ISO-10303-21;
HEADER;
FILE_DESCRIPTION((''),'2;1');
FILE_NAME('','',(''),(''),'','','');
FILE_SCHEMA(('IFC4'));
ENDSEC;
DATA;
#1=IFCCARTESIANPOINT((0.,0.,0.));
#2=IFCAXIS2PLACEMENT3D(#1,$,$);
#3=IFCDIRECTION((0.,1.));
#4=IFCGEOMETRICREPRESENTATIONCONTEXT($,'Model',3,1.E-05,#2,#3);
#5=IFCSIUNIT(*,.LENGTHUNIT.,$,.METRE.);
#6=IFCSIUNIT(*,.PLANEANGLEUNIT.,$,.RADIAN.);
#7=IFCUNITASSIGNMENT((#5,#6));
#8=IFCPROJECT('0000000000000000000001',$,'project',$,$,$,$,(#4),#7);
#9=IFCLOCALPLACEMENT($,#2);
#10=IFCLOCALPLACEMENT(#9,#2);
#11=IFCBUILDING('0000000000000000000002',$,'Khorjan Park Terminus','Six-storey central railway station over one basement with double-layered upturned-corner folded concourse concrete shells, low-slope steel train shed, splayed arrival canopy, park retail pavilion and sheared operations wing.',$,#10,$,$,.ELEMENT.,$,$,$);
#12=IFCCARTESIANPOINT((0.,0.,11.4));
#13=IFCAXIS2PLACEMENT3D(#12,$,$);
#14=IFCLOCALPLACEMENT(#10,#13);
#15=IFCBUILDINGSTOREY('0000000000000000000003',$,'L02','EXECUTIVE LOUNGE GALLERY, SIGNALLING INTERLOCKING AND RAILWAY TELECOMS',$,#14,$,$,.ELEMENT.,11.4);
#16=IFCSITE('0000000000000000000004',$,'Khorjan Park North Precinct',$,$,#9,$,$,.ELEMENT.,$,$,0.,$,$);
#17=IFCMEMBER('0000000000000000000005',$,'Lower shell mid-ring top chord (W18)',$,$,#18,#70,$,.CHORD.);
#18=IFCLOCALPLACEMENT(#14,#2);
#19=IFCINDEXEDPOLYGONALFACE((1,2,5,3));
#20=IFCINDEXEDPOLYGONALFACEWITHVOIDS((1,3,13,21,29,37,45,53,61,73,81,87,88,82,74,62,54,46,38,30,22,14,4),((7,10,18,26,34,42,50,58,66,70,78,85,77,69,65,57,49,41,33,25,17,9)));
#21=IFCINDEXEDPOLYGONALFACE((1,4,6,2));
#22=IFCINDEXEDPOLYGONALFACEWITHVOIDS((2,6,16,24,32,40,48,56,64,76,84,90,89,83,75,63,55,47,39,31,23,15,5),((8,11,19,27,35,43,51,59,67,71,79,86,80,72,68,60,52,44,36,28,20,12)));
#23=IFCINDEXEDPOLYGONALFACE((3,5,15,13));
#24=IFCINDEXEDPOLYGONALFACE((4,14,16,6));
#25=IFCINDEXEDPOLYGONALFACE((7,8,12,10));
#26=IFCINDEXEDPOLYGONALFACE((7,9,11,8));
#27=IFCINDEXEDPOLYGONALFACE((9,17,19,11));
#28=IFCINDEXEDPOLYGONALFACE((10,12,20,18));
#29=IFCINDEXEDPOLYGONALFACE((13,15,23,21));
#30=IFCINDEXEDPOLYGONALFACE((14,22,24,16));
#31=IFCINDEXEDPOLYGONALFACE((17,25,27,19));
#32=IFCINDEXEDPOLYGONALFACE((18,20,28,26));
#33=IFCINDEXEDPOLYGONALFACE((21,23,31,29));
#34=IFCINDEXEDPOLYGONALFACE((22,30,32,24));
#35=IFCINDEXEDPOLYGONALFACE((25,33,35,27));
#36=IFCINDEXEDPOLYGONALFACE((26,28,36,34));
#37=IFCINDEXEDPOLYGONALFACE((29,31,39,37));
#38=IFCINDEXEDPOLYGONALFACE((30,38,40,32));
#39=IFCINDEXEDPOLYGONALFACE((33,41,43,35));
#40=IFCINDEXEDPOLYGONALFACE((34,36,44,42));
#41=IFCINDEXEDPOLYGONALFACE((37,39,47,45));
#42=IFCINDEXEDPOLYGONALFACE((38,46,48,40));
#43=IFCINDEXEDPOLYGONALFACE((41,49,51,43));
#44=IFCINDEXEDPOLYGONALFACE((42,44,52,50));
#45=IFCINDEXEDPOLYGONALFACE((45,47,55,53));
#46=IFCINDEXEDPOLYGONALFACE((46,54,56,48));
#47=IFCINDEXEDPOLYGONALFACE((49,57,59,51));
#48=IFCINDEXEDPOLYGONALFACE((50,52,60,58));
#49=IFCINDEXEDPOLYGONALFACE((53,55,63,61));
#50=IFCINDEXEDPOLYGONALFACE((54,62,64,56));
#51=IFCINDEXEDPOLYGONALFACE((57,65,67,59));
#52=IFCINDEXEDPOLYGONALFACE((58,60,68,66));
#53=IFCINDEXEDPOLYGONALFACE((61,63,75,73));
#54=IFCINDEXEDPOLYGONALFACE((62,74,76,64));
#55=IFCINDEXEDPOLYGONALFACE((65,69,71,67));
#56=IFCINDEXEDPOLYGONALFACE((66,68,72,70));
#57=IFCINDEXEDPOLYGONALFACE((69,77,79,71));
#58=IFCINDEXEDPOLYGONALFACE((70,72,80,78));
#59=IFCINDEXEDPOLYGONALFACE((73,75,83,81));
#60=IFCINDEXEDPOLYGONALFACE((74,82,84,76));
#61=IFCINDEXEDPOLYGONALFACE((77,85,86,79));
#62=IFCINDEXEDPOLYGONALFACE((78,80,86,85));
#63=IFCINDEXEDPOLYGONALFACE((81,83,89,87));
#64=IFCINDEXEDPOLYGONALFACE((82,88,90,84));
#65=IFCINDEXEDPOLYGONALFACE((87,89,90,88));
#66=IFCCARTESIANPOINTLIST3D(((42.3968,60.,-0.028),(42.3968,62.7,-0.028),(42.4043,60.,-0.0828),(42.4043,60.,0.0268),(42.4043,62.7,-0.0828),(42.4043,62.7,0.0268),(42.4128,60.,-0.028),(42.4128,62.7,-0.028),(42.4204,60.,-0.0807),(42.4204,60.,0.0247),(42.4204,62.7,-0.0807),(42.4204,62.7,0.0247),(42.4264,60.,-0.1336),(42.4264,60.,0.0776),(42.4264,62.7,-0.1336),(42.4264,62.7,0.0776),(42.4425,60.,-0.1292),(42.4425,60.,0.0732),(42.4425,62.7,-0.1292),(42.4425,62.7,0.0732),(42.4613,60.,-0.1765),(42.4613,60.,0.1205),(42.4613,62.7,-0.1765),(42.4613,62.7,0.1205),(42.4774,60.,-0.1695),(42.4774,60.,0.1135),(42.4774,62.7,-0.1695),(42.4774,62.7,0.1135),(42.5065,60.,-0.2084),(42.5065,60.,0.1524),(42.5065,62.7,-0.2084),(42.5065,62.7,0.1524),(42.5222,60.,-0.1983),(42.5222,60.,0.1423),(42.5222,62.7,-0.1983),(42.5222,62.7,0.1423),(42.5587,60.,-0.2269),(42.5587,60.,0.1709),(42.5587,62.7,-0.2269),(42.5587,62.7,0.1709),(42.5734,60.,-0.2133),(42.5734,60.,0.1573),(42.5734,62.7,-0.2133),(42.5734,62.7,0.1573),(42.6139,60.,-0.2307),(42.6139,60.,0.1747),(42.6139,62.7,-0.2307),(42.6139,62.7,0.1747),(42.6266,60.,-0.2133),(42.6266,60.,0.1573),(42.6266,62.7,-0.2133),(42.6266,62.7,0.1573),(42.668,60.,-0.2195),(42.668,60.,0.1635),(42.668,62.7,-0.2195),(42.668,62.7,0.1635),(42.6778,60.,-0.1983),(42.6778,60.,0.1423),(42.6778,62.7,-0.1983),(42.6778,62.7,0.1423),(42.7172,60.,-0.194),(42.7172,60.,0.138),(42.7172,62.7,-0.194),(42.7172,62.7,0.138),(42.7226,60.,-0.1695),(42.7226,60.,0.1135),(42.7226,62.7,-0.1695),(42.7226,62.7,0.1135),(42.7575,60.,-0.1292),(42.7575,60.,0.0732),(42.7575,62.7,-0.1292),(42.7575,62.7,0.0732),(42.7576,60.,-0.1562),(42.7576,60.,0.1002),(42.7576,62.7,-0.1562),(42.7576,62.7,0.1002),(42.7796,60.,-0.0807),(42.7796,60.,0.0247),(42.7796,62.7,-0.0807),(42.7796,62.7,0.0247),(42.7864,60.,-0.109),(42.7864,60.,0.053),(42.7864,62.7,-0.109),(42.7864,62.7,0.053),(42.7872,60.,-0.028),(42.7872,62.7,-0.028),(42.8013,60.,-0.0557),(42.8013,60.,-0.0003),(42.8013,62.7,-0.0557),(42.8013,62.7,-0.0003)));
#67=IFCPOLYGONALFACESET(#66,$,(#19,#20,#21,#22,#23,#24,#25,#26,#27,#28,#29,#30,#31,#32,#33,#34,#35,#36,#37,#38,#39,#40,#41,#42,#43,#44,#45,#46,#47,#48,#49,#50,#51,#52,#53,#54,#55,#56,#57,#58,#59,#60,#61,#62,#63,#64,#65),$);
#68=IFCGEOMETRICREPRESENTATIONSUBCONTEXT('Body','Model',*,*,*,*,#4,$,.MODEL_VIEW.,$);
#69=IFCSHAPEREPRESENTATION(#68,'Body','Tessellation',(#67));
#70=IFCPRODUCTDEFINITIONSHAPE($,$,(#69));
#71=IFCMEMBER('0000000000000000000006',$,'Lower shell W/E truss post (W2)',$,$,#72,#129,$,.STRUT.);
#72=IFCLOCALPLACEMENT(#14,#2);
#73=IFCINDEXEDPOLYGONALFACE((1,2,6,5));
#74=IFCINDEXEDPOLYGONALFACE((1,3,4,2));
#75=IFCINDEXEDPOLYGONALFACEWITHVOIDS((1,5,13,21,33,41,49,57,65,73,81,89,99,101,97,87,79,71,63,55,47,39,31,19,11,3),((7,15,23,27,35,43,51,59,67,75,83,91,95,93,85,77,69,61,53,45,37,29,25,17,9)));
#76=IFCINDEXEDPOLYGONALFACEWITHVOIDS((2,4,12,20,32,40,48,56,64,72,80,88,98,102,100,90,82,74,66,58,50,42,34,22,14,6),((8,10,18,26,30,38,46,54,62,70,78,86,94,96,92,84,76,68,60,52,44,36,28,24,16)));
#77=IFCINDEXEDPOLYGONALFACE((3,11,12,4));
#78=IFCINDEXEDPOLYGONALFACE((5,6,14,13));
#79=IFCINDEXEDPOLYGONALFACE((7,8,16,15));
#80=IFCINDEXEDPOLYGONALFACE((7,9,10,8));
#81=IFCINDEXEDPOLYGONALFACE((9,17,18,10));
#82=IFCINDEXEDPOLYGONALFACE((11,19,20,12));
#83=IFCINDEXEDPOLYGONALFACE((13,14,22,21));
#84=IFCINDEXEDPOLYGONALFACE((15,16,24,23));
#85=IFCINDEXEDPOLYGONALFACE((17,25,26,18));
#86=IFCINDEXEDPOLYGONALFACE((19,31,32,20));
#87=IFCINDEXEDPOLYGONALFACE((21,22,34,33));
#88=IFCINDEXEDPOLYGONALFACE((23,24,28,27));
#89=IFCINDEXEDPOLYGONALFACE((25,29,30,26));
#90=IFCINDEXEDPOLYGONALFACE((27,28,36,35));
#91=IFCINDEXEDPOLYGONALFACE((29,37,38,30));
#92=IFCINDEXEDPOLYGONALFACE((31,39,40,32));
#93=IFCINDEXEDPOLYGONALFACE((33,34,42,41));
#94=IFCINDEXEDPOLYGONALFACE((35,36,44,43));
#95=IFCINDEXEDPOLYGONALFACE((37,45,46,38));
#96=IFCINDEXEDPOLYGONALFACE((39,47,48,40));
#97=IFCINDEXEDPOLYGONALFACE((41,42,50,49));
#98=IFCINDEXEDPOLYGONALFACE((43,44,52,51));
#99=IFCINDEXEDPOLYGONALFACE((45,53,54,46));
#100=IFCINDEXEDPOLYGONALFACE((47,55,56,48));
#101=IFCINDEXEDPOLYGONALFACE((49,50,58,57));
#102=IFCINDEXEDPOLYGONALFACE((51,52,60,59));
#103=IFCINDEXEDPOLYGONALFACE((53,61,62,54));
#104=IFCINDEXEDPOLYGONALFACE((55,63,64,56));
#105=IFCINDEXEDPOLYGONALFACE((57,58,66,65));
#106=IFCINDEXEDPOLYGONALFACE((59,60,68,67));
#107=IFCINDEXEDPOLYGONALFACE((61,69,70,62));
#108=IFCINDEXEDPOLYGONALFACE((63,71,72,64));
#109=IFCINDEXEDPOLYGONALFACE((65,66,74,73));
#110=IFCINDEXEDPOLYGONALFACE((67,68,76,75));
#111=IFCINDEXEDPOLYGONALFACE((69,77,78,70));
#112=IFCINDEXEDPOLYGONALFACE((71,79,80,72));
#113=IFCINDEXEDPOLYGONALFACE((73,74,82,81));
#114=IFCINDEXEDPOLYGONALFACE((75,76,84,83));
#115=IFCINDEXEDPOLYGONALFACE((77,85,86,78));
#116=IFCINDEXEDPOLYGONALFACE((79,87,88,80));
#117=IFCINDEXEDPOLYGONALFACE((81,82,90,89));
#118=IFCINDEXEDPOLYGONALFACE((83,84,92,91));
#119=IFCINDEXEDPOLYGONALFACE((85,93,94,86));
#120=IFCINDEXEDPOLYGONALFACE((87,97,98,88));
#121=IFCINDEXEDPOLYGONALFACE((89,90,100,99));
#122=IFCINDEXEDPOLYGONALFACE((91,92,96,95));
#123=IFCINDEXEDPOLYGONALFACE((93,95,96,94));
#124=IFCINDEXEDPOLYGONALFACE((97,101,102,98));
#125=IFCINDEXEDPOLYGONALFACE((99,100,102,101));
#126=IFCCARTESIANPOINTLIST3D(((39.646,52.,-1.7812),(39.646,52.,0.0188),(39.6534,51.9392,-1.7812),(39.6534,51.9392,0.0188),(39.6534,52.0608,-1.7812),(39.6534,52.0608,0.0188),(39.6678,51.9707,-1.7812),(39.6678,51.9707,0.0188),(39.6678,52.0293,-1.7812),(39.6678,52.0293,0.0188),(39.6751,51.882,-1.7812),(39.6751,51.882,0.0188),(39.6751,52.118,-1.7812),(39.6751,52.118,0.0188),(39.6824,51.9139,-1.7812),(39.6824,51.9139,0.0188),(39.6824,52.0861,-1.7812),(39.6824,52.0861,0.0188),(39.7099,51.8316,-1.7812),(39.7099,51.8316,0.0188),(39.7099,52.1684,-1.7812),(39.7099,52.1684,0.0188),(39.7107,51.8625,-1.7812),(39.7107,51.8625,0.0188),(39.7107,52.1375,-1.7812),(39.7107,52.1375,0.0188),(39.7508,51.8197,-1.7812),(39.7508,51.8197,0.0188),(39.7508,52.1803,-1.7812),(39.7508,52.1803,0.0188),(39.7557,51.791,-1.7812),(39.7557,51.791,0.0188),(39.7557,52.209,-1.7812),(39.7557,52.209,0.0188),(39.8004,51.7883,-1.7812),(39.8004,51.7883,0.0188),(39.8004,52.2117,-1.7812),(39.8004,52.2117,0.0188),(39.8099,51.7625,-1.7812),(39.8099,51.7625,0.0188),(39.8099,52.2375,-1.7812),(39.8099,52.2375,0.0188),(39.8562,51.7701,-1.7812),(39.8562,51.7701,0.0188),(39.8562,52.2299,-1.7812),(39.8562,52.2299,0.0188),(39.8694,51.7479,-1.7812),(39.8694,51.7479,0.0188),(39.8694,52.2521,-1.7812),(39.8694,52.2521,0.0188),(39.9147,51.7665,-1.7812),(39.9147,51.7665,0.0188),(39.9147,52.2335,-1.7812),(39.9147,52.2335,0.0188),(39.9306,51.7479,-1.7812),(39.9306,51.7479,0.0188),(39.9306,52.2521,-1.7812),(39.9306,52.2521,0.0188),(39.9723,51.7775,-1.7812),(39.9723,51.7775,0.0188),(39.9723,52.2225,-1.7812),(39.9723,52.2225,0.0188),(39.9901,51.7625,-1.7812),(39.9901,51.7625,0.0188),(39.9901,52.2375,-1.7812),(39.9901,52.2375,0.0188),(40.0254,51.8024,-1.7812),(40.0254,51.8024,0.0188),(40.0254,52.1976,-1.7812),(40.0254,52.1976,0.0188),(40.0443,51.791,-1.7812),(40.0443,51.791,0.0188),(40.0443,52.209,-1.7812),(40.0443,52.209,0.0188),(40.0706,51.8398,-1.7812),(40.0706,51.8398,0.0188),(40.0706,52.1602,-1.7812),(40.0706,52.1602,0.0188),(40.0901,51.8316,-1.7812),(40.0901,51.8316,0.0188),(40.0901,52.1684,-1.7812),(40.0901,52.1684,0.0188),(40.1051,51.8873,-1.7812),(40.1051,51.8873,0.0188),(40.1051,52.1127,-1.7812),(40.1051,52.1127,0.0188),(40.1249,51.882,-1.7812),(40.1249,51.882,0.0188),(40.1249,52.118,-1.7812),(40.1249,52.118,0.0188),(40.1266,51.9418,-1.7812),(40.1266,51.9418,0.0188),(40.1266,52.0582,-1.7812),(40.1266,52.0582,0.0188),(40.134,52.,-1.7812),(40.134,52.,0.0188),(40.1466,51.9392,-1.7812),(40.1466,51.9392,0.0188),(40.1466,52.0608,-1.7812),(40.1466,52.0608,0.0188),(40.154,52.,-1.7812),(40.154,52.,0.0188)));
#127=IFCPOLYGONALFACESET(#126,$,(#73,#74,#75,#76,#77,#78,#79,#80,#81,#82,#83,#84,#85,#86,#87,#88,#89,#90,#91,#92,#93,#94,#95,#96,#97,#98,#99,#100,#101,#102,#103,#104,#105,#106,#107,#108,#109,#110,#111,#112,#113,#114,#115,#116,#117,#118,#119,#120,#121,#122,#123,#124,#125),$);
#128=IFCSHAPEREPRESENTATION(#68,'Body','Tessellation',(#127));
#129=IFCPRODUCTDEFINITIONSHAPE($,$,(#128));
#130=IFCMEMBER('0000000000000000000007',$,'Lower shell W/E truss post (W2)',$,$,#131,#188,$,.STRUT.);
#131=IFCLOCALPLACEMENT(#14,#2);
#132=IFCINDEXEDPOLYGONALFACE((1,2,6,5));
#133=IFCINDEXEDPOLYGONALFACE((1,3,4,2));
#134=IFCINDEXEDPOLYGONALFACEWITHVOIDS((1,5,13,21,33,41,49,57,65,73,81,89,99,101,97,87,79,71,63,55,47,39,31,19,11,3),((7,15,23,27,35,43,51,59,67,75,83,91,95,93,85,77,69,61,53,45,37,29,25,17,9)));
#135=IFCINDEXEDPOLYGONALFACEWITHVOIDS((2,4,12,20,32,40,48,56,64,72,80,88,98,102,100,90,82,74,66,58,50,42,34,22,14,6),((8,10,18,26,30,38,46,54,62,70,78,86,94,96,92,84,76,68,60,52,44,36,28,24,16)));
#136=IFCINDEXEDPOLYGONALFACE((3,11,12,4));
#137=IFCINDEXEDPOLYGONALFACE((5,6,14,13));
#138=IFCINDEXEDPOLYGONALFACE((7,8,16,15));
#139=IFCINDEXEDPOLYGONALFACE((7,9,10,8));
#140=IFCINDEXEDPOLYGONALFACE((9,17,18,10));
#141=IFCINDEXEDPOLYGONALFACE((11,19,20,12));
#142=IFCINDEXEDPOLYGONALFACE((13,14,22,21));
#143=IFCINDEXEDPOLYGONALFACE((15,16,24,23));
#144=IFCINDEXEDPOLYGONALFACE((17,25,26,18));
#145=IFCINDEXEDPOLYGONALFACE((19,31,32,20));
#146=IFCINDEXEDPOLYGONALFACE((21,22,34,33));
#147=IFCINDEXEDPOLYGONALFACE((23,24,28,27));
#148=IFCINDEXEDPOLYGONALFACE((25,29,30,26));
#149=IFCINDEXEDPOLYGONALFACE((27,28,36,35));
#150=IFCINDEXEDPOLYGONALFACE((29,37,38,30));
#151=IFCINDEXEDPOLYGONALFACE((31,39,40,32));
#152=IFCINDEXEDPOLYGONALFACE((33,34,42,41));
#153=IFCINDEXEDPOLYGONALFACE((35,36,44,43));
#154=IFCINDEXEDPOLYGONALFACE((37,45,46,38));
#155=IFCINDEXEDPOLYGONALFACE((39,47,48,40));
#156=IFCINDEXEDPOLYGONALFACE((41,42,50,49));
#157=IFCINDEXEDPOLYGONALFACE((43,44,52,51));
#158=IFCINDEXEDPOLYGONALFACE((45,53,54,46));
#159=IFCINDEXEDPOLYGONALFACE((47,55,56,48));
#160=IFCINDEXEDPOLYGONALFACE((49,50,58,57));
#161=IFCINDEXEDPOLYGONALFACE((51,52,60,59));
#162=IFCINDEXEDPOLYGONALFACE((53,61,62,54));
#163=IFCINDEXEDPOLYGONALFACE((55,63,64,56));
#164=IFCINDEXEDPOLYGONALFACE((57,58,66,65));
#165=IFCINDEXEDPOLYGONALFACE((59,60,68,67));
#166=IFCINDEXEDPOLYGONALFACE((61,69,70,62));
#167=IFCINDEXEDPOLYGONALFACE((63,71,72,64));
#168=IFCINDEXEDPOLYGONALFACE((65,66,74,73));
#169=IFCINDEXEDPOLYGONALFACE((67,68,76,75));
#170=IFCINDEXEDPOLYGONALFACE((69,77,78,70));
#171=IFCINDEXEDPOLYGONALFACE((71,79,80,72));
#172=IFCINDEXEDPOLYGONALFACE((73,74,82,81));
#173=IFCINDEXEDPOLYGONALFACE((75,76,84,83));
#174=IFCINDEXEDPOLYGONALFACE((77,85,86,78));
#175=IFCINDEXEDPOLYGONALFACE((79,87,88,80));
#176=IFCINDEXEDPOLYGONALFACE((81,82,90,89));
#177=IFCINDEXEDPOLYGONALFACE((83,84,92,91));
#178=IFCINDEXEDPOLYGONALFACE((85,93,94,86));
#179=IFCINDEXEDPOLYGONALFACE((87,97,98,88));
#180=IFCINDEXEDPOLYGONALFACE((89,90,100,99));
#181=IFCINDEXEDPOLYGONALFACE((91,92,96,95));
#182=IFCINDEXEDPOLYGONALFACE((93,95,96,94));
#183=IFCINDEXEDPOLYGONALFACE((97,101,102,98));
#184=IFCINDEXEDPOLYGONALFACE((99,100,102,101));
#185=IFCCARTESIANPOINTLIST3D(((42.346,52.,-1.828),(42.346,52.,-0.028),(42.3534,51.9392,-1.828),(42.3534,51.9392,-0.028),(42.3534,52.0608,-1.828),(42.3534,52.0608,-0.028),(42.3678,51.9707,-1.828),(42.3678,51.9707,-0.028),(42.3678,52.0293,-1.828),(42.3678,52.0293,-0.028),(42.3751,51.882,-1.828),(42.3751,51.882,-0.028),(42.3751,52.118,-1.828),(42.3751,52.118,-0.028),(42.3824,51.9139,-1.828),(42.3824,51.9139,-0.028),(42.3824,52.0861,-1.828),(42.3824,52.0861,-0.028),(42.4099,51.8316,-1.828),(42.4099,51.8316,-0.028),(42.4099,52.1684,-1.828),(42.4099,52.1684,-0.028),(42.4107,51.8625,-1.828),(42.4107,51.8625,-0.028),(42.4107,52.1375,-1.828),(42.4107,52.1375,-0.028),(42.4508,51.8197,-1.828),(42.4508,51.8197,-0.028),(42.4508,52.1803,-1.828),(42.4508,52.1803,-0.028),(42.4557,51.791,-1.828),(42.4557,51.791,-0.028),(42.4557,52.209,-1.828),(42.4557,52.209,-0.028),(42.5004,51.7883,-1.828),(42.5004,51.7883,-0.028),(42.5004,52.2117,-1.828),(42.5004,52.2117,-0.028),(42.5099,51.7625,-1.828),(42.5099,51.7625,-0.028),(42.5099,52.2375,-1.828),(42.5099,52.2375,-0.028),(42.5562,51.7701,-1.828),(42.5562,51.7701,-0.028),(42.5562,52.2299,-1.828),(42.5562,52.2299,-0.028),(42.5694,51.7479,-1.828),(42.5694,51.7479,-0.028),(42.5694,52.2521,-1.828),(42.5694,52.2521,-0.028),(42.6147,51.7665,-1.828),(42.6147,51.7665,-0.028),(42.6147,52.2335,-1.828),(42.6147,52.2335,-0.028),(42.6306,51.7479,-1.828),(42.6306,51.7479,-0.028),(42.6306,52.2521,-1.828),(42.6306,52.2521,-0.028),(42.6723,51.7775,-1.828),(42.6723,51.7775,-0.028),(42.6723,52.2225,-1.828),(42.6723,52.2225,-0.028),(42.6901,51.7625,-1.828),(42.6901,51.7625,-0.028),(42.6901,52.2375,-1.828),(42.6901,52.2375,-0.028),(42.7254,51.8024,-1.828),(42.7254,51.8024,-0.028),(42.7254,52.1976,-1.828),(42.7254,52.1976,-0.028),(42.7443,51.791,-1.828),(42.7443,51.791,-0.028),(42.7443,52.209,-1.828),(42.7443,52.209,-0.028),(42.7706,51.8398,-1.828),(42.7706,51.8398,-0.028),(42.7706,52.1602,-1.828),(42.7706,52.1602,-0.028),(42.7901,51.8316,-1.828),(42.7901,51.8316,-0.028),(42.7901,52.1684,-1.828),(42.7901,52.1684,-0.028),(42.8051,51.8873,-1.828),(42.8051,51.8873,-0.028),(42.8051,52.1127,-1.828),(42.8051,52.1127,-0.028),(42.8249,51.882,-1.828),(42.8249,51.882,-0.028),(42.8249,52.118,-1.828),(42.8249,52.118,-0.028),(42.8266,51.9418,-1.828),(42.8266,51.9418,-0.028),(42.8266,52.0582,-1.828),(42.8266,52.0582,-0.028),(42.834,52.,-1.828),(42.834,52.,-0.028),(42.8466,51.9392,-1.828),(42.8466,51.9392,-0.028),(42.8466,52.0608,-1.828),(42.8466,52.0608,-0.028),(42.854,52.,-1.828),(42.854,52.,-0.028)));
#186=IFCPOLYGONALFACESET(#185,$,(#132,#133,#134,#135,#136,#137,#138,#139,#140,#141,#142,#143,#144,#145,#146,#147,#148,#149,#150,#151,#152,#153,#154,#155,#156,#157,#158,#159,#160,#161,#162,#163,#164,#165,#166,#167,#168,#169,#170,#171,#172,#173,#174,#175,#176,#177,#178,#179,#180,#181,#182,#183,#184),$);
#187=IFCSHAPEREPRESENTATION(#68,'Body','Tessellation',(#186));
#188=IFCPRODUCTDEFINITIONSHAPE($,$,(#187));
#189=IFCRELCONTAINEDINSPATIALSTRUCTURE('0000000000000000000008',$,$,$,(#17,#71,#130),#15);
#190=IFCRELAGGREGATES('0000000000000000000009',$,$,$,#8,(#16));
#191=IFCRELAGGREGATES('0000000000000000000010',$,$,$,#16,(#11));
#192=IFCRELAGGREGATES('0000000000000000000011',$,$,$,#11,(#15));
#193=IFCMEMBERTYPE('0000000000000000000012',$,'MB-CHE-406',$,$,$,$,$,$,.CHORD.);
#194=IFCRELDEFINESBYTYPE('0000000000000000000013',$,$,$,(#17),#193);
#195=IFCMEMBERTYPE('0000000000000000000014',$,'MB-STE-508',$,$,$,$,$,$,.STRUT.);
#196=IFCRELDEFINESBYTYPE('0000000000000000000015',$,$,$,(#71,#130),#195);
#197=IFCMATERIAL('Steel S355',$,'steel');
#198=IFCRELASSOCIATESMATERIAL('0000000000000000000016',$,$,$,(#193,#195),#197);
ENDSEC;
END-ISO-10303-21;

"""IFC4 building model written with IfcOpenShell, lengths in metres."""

from ifc_helpers import new_model, si_unit, direction, frame, origin, origin_2d, place, context, subcontext, project, spatial, hollow_circle, extrude, material, material_profile, profile_set, type_object, element, save


model = new_model("IFC4")

# Units and contexts
model_context = context("Model", 3, precision=1e-05, world=origin(), true_north=direction((0.0, 1.0)))
body_context = subcontext(model_context, "Body", "Model", "MODEL_VIEW")
ifc_project = project(units=[si_unit("LENGTHUNIT", "METRE"), si_unit("PLANEANGLEUNIT", "RADIAN")], contexts=[model_context])

# Site, building, storey
site_placement = place(None, origin())
site = spatial("IfcSite", under=ifc_project, at=site_placement, Name="Khorjan Park North Precinct", CompositionType="ELEMENT", RefElevation=0.0)
building_placement = place(site_placement, origin())
building = spatial("IfcBuilding", under=site, at=building_placement, Name="Khorjan Park Terminus", Description="Six-storey central railway station over one basement with double-layered upturned-corner folded concourse concrete shells, low-slope steel train shed, splayed arrival canopy, park retail pavilion and sheared operations wing.", CompositionType="ELEMENT")
storey_placement = place(building_placement, frame((0.0, 0.0, 11.4)))
storey = spatial("IfcBuildingStorey", under=building, at=storey_placement, Name="L02", Description="EXECUTIVE LOUNGE GALLERY, SIGNALLING INTERLOCKING AND RAILWAY TELECOMS", CompositionType="ELEMENT", Elevation=11.4)

# Members
ifc_material_1 = material(Name="Steel S355", Category="steel")
ifc_material_profile_1 = material_profile(ifc_material_1, hollow_circle(Radius=0.2032, WallThickness=0.016, at=origin_2d()), Name="CHS 406.4x16")
ifc_profile_set_1 = profile_set([ifc_material_profile_1], Name="Steel S355")
member_type_1 = type_object("IfcMemberType", Name="MB-CHE-406", PredefinedType="CHORD", material=ifc_profile_set_1)
for number, where, z_axis, x_axis, name in (
    (1, (42.6, 60.0, -0.028), (0.0, 1.0, 0.0), (-1.0, 0.0, 0.0), "Lower shell mid-ring top chord (W18)"),
):
    element("IfcMember", number, at=place(storey_placement, frame(where, z_axis=z_axis, x_axis=x_axis)), inside=storey, type_object=member_type_1, Name=name, PredefinedType="CHORD", context=body_context, shape_type="SweptSolid", body=[
        extrude(hollow_circle(Radius=0.2032, WallThickness=0.016, at=origin_2d()), origin(), (0.0, 0.0, 1.0), 2.7),
    ])
ifc_material_profile_2 = material_profile(ifc_material_1, hollow_circle(Radius=0.254, WallThickness=0.02, at=origin_2d()), Name="CHS 508x20")
ifc_profile_set_2 = profile_set([ifc_material_profile_2], Name="Steel S355")
member_type_2 = type_object("IfcMemberType", Name="MB-STE-508", PredefinedType="STRUT", material=ifc_profile_set_2)
for number, where, z_axis, x_axis, name in (
    (2, (39.9, 52.0, -1.7812), (0.0, 0.0, 1.0), (1.0, 0.0, 0.0), "Lower shell W/E truss post (W2)"),
    (3, (42.6, 52.0, -1.828), (0.0, 0.0, 1.0), (1.0, 0.0, 0.0), "Lower shell W/E truss post (W2)"),
):
    element("IfcMember", number, at=place(storey_placement, frame(where, z_axis=z_axis, x_axis=x_axis)), inside=storey, type_object=member_type_2, Name=name, PredefinedType="STRUT", context=body_context, shape_type="SweptSolid", body=[
        extrude(hollow_circle(Radius=0.254, WallThickness=0.02, at=origin_2d()), origin(), (0.0, 0.0, 1.0), 1.8),
    ])

save(model, "model.ifc")
